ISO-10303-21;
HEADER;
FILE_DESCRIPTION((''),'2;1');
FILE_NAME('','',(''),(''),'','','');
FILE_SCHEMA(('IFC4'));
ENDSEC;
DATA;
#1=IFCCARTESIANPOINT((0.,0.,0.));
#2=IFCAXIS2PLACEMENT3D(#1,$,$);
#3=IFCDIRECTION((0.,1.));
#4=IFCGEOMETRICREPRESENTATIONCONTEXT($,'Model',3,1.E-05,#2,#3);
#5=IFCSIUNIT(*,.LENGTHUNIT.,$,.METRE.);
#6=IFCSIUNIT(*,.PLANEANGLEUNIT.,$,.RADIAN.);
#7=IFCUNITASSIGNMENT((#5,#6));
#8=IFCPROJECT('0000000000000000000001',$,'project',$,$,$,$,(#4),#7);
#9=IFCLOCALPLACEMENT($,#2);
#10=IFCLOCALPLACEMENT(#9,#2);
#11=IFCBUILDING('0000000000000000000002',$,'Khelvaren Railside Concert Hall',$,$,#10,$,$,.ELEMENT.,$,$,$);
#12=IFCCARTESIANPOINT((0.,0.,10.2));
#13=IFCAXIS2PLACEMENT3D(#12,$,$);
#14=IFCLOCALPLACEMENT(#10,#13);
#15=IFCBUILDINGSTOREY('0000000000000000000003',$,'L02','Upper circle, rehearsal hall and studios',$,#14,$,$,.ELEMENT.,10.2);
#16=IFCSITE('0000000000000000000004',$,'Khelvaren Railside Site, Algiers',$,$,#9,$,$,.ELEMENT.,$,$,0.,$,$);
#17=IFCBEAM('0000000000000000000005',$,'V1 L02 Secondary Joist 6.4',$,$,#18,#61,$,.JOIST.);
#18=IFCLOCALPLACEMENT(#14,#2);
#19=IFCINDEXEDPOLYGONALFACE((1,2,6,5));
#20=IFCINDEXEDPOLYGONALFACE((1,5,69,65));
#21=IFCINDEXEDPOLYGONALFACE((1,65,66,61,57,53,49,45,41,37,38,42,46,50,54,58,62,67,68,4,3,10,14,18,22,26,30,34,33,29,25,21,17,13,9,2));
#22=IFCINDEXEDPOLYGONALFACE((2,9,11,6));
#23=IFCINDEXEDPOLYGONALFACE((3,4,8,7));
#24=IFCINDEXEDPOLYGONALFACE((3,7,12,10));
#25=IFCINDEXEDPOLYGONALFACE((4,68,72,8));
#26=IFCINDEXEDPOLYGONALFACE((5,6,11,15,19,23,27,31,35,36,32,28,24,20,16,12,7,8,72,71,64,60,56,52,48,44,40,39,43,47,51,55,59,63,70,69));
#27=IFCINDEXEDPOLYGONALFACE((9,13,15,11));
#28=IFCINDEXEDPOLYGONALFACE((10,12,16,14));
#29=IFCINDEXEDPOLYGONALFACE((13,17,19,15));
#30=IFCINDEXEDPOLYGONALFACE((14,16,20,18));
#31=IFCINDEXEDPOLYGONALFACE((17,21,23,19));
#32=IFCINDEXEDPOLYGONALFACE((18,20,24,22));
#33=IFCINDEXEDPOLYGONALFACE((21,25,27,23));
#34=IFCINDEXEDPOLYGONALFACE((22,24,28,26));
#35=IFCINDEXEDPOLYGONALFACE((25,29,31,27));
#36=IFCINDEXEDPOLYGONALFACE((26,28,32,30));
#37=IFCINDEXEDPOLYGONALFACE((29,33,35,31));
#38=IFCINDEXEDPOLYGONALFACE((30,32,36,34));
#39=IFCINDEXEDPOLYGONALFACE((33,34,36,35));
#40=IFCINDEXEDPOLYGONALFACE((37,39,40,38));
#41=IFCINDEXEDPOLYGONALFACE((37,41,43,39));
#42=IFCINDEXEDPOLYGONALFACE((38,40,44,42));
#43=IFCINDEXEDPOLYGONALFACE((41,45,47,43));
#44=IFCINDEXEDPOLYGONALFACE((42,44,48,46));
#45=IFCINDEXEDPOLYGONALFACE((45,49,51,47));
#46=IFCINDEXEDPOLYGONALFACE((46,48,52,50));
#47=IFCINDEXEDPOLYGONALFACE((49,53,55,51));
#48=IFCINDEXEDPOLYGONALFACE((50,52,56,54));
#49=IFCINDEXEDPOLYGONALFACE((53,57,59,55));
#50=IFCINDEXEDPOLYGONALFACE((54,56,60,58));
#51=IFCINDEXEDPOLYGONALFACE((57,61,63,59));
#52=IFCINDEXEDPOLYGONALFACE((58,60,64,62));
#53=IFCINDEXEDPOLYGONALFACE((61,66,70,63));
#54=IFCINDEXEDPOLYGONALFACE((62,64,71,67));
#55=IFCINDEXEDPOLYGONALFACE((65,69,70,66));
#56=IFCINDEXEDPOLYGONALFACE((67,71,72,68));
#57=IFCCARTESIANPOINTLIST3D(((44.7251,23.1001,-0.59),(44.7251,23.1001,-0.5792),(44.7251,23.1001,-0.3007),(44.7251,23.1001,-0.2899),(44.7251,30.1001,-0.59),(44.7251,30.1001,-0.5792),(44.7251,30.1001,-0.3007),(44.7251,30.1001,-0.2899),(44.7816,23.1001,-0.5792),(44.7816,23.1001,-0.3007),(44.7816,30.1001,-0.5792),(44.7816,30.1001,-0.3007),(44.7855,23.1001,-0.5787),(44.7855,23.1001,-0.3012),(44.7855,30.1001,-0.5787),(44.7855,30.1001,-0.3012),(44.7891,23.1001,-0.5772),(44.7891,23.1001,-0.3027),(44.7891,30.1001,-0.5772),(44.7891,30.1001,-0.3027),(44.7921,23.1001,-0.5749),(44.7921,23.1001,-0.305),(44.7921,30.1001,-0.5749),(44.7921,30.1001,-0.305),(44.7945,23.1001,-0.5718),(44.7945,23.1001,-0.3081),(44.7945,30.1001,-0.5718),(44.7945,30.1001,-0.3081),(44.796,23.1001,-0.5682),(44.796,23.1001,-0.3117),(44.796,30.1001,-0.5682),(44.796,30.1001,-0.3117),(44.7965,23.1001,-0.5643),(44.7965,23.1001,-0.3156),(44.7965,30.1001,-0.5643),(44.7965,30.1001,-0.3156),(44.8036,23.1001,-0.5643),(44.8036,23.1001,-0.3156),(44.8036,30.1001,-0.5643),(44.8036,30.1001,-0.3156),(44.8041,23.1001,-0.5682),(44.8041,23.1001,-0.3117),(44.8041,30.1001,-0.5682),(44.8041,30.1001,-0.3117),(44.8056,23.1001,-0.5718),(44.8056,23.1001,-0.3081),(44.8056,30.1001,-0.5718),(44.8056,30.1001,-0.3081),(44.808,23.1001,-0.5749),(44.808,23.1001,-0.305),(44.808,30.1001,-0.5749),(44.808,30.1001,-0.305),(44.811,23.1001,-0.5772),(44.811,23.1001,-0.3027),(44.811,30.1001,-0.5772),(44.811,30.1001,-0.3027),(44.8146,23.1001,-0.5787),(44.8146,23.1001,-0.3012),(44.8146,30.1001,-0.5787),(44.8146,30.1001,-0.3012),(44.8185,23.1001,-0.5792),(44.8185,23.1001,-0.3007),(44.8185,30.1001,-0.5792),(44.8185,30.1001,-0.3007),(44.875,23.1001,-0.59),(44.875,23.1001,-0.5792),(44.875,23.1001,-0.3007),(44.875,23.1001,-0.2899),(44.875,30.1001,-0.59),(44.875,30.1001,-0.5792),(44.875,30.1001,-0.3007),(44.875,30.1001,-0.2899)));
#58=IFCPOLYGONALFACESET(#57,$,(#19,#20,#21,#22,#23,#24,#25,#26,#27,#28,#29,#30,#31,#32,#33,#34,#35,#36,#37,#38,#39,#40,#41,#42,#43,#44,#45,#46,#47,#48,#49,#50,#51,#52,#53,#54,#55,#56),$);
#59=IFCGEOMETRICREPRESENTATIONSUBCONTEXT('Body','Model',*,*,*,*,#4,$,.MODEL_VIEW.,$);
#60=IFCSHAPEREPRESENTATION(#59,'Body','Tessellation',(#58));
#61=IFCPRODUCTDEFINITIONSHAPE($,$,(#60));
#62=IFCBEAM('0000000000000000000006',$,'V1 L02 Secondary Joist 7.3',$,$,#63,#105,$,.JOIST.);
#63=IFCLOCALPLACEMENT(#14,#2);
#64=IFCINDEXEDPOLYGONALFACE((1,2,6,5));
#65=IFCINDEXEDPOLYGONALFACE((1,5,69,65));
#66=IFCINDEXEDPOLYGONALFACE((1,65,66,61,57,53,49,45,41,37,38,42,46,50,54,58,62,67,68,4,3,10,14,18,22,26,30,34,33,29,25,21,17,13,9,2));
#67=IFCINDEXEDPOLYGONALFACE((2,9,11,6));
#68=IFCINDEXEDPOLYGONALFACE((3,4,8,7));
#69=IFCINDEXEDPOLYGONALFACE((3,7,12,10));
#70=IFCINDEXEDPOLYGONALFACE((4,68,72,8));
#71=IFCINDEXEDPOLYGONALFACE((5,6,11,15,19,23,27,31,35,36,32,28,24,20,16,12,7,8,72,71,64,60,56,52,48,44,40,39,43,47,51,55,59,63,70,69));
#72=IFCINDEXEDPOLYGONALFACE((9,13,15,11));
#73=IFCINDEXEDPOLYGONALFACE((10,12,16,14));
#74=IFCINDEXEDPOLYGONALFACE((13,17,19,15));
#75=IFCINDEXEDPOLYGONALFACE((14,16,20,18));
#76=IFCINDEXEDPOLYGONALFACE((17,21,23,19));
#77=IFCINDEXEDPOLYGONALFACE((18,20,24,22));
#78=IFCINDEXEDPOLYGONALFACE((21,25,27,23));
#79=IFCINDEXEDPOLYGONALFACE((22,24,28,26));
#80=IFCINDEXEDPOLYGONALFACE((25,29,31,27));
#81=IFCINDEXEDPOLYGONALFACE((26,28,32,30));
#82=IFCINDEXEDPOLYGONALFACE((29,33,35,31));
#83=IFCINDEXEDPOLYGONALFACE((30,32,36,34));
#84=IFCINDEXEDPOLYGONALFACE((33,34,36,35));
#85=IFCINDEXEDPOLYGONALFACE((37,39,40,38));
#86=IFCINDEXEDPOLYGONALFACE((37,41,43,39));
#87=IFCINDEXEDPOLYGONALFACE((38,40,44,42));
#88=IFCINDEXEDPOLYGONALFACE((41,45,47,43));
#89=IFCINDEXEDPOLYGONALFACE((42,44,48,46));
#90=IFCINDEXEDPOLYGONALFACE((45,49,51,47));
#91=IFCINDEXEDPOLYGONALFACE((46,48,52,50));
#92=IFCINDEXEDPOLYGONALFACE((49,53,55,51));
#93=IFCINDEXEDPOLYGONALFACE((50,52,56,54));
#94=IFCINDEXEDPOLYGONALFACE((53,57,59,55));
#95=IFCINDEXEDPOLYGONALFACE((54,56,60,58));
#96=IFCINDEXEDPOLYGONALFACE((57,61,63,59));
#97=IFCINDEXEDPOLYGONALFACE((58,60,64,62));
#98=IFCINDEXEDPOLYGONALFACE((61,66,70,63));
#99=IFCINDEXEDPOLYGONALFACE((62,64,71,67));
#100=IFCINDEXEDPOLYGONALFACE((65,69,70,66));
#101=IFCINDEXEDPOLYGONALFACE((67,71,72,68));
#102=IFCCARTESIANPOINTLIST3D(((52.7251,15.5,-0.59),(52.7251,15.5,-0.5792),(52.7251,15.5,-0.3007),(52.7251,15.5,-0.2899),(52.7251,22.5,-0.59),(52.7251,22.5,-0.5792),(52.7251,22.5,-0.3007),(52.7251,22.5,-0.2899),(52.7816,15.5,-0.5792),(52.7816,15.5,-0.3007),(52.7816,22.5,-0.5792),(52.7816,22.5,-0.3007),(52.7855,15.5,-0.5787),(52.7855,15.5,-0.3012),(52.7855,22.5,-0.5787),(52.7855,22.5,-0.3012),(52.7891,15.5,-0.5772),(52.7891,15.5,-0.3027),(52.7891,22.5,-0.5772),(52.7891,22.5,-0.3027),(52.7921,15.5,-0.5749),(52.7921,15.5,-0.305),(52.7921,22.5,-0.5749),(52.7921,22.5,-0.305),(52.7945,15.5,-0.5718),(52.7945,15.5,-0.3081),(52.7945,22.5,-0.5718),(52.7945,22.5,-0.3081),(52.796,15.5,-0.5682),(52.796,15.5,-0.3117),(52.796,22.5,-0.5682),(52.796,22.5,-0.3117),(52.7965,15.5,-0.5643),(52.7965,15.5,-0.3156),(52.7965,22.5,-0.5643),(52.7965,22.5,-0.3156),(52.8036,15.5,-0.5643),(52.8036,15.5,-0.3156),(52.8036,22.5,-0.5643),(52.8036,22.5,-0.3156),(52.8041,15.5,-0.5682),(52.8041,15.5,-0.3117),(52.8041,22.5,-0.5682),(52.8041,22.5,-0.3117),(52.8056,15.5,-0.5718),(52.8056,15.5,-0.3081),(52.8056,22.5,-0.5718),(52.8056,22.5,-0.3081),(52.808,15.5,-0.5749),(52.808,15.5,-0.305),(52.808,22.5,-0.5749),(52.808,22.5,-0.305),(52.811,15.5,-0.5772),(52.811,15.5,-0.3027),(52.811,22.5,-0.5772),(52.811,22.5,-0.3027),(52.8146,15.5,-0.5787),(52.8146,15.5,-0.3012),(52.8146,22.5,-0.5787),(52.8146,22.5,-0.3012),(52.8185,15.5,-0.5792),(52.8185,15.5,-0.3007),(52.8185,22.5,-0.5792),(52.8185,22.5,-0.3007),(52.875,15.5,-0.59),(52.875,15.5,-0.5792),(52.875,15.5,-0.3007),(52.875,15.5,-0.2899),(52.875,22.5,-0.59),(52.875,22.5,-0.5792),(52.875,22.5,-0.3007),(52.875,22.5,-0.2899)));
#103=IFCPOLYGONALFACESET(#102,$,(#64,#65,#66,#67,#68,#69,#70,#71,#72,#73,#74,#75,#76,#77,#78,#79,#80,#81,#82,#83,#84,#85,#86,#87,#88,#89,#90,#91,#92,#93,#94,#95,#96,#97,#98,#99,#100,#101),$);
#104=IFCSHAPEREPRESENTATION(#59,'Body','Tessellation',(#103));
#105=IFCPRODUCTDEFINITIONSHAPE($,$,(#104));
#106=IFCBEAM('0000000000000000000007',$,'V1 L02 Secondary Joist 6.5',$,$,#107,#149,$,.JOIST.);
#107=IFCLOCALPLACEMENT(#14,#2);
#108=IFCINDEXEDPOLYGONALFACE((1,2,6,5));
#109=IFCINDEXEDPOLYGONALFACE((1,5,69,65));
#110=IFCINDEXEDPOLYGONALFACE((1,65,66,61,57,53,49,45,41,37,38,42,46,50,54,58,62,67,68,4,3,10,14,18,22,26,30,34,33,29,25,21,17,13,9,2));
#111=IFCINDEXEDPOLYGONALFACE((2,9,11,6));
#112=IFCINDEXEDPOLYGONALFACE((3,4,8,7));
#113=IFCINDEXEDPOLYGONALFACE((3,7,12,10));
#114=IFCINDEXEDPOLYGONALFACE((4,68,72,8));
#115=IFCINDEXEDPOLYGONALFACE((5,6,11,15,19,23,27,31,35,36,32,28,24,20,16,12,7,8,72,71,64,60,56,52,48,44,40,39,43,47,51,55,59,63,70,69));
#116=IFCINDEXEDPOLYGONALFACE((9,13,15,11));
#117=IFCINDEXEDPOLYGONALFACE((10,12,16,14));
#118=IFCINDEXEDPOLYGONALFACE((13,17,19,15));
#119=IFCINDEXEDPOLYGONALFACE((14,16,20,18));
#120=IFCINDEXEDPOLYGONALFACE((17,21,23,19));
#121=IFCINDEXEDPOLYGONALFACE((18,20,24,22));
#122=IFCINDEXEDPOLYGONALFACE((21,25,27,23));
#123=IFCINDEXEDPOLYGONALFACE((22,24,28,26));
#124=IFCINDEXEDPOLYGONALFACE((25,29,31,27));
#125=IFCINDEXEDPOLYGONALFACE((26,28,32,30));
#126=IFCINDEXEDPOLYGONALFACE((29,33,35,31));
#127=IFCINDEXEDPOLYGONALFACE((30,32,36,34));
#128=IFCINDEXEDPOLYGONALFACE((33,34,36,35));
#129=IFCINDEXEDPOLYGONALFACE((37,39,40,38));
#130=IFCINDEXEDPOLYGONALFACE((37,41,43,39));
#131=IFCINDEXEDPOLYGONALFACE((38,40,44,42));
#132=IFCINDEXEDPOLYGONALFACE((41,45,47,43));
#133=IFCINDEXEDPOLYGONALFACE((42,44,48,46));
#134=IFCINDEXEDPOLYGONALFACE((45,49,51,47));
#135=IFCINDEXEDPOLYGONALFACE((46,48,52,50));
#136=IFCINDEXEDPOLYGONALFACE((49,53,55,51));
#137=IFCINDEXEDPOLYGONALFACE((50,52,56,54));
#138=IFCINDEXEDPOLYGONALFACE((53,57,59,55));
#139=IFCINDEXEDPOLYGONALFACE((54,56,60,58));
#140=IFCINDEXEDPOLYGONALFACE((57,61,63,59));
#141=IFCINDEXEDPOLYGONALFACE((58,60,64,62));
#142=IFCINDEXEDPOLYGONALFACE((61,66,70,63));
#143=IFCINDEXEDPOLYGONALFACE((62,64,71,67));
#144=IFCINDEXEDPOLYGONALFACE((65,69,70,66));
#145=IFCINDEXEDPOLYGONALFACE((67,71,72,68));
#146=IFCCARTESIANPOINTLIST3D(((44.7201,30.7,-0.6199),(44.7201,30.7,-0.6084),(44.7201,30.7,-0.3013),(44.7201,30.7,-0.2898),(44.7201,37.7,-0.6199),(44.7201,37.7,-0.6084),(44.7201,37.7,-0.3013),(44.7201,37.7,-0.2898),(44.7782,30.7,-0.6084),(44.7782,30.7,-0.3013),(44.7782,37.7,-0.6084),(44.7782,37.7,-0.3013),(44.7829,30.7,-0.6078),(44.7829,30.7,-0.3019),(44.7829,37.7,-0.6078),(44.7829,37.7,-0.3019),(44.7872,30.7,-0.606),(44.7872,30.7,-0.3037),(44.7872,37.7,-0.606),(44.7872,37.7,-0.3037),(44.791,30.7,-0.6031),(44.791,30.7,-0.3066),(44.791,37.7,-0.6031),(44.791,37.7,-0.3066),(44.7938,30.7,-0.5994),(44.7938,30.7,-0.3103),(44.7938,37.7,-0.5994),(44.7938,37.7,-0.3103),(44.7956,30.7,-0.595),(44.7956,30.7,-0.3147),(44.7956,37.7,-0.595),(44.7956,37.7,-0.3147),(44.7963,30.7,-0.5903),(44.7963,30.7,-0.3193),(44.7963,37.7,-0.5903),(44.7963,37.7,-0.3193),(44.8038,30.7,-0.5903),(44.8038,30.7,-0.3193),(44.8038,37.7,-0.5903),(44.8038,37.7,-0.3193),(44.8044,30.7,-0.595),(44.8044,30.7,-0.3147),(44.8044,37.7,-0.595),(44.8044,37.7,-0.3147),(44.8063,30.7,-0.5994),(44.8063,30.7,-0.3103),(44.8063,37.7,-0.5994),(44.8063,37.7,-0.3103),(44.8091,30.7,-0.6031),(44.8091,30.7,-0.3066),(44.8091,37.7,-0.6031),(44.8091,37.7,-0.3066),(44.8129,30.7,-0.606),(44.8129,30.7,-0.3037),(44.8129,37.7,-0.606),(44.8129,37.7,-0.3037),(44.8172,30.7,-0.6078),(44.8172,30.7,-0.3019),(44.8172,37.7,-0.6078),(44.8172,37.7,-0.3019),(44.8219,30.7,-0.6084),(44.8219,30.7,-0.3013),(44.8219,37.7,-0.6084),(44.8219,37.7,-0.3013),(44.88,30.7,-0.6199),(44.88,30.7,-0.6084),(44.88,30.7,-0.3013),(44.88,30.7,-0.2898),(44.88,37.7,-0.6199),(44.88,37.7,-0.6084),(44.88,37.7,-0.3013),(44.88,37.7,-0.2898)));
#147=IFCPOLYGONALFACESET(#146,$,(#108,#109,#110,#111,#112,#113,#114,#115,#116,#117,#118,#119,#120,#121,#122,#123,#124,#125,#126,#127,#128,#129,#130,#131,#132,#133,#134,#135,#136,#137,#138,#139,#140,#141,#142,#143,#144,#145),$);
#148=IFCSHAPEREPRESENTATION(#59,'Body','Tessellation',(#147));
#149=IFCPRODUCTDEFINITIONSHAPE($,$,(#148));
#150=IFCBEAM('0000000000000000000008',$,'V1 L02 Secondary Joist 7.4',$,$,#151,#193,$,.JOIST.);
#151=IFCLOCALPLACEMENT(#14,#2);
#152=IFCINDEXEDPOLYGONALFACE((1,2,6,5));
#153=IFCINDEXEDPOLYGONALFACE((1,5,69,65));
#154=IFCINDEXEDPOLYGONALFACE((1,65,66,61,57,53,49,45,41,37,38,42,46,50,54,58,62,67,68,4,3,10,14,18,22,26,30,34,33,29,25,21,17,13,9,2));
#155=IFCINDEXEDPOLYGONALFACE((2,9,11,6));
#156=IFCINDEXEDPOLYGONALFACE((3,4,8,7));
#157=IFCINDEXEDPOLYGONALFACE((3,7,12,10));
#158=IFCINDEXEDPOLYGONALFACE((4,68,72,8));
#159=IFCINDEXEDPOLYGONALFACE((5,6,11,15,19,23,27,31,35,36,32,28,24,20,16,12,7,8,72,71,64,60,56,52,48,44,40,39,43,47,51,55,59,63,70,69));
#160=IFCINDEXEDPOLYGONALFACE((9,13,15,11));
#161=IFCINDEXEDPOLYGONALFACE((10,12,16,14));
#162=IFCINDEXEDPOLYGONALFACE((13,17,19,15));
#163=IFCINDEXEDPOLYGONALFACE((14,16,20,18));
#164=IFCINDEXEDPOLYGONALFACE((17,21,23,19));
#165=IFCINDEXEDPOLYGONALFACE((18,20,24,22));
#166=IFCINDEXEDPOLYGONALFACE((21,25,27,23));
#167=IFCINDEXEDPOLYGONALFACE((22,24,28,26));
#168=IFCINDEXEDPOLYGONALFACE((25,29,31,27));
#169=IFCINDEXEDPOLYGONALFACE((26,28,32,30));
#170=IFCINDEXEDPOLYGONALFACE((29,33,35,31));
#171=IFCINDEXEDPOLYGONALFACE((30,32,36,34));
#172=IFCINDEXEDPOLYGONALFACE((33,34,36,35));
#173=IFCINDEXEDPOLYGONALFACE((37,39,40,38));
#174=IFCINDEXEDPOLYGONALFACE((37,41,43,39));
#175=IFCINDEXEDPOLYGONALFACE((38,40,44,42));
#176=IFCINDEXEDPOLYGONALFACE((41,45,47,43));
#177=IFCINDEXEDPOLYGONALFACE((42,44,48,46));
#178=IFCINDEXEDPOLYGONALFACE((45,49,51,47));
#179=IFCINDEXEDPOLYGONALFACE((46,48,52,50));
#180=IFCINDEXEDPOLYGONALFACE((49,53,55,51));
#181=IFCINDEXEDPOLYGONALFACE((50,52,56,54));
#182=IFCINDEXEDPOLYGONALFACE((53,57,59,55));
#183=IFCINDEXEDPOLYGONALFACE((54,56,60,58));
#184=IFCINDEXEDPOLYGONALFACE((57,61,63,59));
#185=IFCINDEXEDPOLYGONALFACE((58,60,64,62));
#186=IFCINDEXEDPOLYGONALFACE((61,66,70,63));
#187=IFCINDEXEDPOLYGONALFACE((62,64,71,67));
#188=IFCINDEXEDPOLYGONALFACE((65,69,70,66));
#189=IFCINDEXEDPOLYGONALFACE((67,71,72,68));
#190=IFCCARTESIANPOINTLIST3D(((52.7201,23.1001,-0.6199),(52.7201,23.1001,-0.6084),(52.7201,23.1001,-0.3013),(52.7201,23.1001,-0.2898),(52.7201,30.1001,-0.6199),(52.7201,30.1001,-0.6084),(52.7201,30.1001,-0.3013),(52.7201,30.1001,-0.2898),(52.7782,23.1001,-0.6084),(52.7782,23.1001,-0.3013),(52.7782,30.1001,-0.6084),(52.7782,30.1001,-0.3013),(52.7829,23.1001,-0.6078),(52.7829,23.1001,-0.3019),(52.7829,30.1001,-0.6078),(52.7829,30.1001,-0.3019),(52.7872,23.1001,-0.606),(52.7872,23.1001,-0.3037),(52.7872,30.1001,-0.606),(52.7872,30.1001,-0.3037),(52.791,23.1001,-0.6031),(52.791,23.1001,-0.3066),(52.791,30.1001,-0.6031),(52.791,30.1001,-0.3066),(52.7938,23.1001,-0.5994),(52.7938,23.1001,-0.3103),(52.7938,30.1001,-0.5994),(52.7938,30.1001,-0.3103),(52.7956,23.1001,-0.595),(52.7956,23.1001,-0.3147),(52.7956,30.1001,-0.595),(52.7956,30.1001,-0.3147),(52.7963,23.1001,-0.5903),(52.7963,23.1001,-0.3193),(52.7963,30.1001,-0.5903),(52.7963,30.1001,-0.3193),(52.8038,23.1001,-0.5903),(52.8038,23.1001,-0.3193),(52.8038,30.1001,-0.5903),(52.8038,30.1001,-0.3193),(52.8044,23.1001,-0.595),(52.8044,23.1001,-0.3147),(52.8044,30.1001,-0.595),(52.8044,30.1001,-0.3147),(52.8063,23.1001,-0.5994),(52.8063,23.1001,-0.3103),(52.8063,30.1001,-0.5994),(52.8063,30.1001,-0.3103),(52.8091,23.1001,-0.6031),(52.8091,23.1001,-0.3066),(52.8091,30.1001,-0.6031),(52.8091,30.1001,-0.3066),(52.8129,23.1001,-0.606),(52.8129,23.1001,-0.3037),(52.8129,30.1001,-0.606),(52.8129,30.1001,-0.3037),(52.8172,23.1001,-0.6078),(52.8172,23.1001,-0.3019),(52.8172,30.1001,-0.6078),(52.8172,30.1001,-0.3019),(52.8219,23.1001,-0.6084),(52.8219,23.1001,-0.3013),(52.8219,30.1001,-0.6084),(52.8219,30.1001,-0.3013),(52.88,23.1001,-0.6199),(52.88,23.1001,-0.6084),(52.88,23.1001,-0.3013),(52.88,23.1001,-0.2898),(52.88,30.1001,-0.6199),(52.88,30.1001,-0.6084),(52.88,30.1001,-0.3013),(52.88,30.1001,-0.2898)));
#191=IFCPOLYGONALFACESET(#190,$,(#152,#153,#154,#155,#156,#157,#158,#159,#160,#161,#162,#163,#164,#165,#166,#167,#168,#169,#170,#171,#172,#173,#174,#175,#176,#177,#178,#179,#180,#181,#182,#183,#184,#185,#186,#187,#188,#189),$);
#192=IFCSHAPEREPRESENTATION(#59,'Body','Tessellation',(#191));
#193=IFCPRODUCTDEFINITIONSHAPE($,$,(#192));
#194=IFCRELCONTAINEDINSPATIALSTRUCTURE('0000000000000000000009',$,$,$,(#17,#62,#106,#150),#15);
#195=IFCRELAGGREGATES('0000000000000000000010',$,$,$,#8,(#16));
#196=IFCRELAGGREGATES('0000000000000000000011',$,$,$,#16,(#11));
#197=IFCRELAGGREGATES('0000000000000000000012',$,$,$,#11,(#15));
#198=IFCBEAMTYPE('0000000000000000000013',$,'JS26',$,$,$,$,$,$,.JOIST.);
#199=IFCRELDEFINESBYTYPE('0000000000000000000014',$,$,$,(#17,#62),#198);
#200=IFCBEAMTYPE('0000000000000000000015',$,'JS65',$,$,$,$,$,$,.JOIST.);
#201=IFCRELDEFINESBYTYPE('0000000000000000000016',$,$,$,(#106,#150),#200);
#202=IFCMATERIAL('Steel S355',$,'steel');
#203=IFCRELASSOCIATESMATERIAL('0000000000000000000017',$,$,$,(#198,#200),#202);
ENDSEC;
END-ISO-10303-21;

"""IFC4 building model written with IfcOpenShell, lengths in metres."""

from ifc_helpers import new_model, si_unit, direction, frame, origin, origin_2d, place, context, subcontext, project, spatial, i_section, extrude, material, material_profile, profile_set, type_object, element, save


model = new_model("IFC4")

# Units and contexts
model_context = context("Model", 3, precision=1e-05, world=origin(), true_north=direction((0.0, 1.0)))
body_context = subcontext(model_context, "Body", "Model", "MODEL_VIEW")
ifc_project = project(units=[si_unit("LENGTHUNIT", "METRE"), si_unit("PLANEANGLEUNIT", "RADIAN")], contexts=[model_context])

# Site, building, storey
site_placement = place(None, origin())
site = spatial("IfcSite", under=ifc_project, at=site_placement, Name="Khelvaren Railside Site, Algiers", CompositionType="ELEMENT", RefElevation=0.0)
building_placement = place(site_placement, origin())
building = spatial("IfcBuilding", under=site, at=building_placement, Name="Khelvaren Railside Concert Hall", CompositionType="ELEMENT")
storey_placement = place(building_placement, frame((0.0, 0.0, 10.2)))
storey = spatial("IfcBuildingStorey", under=building, at=storey_placement, Name="L02", Description="Upper circle, rehearsal hall and studios", CompositionType="ELEMENT", Elevation=10.2)

# Shared definitions
ifc_material_1 = material(Name="Steel S355", Category="steel")

# Beams
ifc_material_profile_1 = material_profile(ifc_material_1, i_section(OverallWidth=0.1499, OverallDepth=0.3, WebThickness=0.0071, FlangeThickness=0.0107, FilletRadius=0.0149, at=origin_2d()), Name="IPE 300")
ifc_profile_set_1 = profile_set([ifc_material_profile_1], Name="Steel S355")
beam_type_1 = type_object("IfcBeamType", Name="JS26", PredefinedType="JOIST", material=ifc_profile_set_1)
for number, where, z_axis, x_axis, name in (
    (1, (44.8, 23.1001, -0.4399), (0.0, 1.0, 0.0), (-1.0, 0.0, 0.0), "V1 L02 Secondary Joist 6.4"),
    (2, (52.8, 15.5, -0.4399), (0.0, 1.0, 0.0), (-1.0, 0.0, 0.0), "V1 L02 Secondary Joist 7.3"),
):
    element("IfcBeam", number, at=place(storey_placement, frame(where, z_axis=z_axis, x_axis=x_axis)), inside=storey, type_object=beam_type_1, Name=name, PredefinedType="JOIST", context=body_context, shape_type="SweptSolid", body=[
        extrude(i_section(OverallWidth=0.1499, OverallDepth=0.3, WebThickness=0.0071, FlangeThickness=0.0107, FilletRadius=0.0149, at=origin_2d()), origin(), (0.0, 0.0, 1.0), 7.0),
    ])
ifc_material_profile_2 = material_profile(ifc_material_1, i_section(OverallWidth=0.1599, OverallDepth=0.3301, WebThickness=0.0076, FlangeThickness=0.0115, FilletRadius=0.0181, at=origin_2d()), Name="IPE 330")
ifc_profile_set_2 = profile_set([ifc_material_profile_2], Name="Steel S355")
beam_type_2 = type_object("IfcBeamType", Name="JS65", PredefinedType="JOIST", material=ifc_profile_set_2)
for number, where, z_axis, x_axis, name in (
    (3, (44.8, 30.7, -0.4548), (0.0, 1.0, 0.0), (-1.0, 0.0, 0.0), "V1 L02 Secondary Joist 6.5"),
    (4, (52.8, 23.1001, -0.4548), (0.0, 1.0, 0.0), (-1.0, 0.0, 0.0), "V1 L02 Secondary Joist 7.4"),
):
    element("IfcBeam", number, at=place(storey_placement, frame(where, z_axis=z_axis, x_axis=x_axis)), inside=storey, type_object=beam_type_2, Name=name, PredefinedType="JOIST", context=body_context, shape_type="SweptSolid", body=[
        extrude(i_section(OverallWidth=0.1599, OverallDepth=0.3301, WebThickness=0.0076, FlangeThickness=0.0115, FilletRadius=0.0181, at=origin_2d()), origin(), (0.0, 0.0, 1.0), 7.0),
    ])

save(model, "model.ifc")
